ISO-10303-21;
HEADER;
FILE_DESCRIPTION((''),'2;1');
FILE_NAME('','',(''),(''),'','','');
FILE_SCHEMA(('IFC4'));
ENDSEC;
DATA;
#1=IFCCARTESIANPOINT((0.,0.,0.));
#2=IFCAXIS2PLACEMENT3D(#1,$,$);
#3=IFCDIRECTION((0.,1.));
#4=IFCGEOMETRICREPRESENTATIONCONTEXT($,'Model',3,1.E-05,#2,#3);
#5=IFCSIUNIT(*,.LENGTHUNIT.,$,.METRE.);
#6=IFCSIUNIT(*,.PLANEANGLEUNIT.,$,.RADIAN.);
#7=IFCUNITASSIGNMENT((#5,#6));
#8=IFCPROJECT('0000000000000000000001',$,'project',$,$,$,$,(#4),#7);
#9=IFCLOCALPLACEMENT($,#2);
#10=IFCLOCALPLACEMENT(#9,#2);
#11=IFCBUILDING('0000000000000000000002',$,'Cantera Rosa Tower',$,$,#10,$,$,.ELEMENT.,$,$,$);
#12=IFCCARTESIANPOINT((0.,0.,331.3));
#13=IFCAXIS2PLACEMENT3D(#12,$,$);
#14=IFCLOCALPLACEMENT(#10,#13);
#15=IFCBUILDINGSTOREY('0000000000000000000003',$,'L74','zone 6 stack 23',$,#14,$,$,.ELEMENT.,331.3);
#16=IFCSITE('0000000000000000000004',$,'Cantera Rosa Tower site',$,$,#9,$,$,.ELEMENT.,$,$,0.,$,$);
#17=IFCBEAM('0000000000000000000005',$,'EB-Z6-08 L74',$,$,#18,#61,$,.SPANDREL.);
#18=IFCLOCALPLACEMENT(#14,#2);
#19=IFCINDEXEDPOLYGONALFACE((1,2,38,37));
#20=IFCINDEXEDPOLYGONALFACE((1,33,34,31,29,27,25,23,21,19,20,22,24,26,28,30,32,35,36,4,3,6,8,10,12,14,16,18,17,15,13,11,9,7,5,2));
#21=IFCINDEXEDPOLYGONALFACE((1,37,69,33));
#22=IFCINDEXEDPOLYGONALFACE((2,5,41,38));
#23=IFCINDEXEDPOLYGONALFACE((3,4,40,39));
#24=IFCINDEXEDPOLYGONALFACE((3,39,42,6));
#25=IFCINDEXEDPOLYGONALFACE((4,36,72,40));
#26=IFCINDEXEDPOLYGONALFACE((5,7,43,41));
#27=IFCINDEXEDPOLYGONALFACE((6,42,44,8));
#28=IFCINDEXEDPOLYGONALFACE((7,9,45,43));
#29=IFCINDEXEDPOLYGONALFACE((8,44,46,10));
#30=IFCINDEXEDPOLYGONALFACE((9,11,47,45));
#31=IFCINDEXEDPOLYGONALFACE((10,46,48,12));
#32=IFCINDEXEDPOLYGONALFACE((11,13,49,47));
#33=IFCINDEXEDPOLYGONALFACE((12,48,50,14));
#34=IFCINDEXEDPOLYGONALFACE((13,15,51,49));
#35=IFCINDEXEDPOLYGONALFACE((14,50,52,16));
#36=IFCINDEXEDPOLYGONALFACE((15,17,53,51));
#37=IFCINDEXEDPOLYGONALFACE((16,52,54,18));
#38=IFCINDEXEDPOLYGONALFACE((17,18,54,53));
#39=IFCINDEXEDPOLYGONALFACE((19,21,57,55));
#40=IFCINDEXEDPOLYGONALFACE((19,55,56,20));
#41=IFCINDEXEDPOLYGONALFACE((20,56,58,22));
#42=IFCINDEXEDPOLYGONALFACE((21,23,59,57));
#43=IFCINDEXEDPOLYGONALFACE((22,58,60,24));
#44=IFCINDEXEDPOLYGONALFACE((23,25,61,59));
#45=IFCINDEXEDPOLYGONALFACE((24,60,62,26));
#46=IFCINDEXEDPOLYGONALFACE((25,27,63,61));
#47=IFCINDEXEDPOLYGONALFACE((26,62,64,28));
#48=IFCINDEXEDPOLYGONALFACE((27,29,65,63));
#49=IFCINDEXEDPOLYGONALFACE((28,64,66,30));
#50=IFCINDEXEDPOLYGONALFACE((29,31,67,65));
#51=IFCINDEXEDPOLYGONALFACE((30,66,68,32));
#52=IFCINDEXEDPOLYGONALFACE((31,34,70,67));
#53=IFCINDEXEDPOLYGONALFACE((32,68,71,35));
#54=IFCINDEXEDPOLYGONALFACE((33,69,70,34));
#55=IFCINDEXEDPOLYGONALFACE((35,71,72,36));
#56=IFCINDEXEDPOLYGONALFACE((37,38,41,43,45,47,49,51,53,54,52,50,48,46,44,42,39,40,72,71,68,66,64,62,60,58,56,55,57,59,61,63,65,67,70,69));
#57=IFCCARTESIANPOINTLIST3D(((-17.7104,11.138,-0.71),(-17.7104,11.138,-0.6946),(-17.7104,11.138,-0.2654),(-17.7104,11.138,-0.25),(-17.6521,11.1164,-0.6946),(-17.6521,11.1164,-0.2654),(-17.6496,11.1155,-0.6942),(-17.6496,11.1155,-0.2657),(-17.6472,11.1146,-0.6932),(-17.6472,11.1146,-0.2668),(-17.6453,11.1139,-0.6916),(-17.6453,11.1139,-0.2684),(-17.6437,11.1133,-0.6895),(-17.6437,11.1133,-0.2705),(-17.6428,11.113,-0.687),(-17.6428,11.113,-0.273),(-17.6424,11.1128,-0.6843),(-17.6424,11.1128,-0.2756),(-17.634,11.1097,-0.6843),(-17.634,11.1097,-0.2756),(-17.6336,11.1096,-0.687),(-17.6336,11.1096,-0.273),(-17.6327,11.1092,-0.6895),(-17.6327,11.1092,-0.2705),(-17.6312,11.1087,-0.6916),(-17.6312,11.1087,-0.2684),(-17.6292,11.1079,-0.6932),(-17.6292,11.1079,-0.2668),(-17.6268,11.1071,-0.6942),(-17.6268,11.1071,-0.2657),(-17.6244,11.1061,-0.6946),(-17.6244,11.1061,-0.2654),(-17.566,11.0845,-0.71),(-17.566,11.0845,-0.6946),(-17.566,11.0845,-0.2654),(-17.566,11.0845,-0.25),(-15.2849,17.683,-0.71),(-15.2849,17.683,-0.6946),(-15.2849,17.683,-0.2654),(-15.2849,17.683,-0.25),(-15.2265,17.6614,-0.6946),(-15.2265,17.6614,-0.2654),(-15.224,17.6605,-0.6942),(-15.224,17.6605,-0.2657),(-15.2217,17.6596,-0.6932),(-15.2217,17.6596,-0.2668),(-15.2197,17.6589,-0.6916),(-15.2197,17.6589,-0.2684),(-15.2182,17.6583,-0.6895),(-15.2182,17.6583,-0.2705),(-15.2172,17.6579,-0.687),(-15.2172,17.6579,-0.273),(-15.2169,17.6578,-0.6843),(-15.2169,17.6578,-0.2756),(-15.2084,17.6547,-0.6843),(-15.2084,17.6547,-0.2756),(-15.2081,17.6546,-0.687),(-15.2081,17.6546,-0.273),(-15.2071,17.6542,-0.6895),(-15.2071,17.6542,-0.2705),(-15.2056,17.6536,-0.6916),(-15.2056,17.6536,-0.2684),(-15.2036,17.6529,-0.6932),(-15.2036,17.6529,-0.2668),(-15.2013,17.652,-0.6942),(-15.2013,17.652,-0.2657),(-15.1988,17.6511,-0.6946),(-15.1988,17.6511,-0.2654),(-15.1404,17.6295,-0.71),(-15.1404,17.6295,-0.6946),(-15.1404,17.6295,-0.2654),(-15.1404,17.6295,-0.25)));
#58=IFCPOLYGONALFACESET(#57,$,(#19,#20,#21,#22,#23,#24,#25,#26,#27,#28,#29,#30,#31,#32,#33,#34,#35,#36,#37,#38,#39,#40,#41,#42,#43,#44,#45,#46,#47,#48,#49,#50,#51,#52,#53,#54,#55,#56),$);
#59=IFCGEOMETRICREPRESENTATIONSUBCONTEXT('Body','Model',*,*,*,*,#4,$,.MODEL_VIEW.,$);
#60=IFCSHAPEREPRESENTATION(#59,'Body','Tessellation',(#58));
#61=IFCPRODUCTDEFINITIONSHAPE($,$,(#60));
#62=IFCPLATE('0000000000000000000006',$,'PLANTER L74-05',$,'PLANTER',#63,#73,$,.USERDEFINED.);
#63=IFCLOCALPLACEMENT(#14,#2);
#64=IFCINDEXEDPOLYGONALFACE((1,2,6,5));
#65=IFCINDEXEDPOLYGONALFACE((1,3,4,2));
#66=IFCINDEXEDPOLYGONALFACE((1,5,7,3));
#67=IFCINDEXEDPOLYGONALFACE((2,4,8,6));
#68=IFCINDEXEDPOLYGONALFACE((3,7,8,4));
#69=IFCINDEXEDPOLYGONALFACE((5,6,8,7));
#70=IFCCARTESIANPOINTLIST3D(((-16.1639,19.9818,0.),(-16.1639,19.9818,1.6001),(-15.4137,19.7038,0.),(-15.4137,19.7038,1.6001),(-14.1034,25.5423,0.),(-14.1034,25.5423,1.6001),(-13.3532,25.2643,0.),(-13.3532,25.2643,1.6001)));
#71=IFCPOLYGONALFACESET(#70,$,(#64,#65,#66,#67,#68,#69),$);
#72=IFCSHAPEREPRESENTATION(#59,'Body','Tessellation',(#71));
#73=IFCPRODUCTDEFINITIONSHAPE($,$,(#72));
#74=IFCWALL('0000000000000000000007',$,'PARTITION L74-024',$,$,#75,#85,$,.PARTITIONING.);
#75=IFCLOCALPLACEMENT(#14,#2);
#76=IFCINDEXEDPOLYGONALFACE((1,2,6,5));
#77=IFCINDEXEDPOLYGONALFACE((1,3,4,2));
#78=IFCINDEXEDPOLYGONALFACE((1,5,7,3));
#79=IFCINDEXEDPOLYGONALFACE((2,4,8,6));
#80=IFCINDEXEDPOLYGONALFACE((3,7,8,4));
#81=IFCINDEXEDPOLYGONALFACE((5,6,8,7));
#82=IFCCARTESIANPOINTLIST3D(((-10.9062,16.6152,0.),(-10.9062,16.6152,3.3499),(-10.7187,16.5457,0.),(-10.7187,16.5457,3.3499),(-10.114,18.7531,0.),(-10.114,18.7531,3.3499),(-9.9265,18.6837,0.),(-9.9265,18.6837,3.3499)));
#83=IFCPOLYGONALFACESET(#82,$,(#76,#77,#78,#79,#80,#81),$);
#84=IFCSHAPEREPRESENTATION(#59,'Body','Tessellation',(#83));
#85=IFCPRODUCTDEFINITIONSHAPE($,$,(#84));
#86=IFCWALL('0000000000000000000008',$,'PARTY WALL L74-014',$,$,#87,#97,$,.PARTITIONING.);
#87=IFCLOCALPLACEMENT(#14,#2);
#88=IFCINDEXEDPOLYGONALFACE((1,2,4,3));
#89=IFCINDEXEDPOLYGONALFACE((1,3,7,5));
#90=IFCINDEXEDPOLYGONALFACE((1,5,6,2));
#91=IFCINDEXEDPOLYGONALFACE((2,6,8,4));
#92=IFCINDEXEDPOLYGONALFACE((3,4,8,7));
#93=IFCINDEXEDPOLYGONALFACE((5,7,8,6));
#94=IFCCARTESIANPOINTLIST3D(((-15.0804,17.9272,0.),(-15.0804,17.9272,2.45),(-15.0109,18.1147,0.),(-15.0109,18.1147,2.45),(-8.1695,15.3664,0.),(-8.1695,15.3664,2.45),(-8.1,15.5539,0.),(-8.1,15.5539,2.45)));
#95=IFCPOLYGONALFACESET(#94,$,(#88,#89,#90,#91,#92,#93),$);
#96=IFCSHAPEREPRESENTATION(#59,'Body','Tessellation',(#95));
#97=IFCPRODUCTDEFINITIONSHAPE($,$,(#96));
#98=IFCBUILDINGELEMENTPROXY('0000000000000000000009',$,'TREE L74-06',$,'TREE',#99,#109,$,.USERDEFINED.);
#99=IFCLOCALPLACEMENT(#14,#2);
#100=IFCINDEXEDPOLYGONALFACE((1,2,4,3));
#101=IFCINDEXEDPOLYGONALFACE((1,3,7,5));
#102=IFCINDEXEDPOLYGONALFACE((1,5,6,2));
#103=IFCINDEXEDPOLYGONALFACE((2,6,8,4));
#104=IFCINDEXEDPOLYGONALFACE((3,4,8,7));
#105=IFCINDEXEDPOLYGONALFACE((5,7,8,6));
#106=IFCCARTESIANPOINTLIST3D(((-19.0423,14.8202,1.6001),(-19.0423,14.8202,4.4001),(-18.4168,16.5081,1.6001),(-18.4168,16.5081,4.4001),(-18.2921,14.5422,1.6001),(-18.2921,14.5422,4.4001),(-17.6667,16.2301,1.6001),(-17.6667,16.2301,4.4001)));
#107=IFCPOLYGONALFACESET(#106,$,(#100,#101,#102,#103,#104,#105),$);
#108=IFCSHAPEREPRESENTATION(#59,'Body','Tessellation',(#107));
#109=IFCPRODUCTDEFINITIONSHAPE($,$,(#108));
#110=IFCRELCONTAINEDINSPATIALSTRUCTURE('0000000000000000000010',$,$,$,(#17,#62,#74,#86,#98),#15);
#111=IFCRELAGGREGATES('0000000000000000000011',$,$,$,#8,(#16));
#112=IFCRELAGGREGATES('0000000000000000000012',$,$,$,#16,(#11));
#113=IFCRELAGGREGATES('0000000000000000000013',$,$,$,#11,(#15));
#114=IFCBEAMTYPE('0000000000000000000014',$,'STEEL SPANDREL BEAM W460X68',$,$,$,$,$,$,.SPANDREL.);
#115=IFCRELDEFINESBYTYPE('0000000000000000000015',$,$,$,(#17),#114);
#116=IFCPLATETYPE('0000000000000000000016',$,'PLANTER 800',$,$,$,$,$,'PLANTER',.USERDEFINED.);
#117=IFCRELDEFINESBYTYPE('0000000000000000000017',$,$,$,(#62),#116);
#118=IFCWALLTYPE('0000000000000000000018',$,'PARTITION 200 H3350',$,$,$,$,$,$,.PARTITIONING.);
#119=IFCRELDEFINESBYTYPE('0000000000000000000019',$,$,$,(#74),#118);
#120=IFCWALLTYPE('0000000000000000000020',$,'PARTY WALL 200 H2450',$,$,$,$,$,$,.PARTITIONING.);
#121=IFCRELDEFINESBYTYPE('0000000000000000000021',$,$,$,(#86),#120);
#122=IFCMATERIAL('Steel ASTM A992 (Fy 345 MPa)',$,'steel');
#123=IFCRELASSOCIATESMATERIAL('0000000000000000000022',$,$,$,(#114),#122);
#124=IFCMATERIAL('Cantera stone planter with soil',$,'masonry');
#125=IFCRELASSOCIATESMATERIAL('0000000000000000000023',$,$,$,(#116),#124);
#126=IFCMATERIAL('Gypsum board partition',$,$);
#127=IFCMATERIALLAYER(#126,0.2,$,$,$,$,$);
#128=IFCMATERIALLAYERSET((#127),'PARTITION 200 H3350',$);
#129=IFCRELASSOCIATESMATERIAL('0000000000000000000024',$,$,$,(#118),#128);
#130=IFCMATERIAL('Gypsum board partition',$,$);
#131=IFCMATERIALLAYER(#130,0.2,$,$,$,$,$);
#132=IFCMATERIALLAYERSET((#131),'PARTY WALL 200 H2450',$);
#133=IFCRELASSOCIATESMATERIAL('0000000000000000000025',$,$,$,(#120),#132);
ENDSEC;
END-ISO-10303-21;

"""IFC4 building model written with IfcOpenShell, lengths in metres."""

from ifc_helpers import new_model, si_unit, direction, frame, frame_2d, origin, origin_2d, place, context, subcontext, project, spatial, rectangle, i_section, extrude, material, layer, layer_set, material_profile, profile_set, type_object, element, save


model = new_model("IFC4")

# Units and contexts
model_context = context("Model", 3, precision=1e-05, world=origin(), true_north=direction((0.0, 1.0)))
body_context = subcontext(model_context, "Body", "Model", "MODEL_VIEW")
ifc_project = project(units=[si_unit("LENGTHUNIT", "METRE"), si_unit("PLANEANGLEUNIT", "RADIAN")], contexts=[model_context])

# Site, building, storey
site_placement = place(None, origin())
site = spatial("IfcSite", under=ifc_project, at=site_placement, Name="Cantera Rosa Tower site", CompositionType="ELEMENT", RefElevation=0.0)
building_placement = place(site_placement, origin())
building = spatial("IfcBuilding", under=site, at=building_placement, Name="Cantera Rosa Tower", CompositionType="ELEMENT")
storey_placement = place(building_placement, frame((0.0, 0.0, 331.3)))
storey = spatial("IfcBuildingStorey", under=building, at=storey_placement, Name="L74", Description="zone 6 stack 23", CompositionType="ELEMENT", Elevation=331.3)

# Beam
ifc_material_1 = material(Name="Steel ASTM A992 (Fy 345 MPa)", Category="steel")
ifc_material_profile_1 = material_profile(ifc_material_1, i_section(OverallWidth=0.1541, OverallDepth=0.46, WebThickness=0.009, FlangeThickness=0.0154, FilletRadius=0.0103, at=origin_2d()), Name="W460X68")
ifc_profile_set_1 = profile_set([ifc_material_profile_1], Name="Steel ASTM A992 (Fy 345 MPa)")
beam_type_1 = type_object("IfcBeamType", Name="STEEL SPANDREL BEAM W460X68", PredefinedType="SPANDREL", material=ifc_profile_set_1)
beam_1_placement = place(storey_placement, frame((-15.2126, 17.6562, -0.48), z_axis=(-0.347502, -0.937679, 0.0), x_axis=(0.937679, -0.347502, 0.0)))
element("IfcBeam", 1, at=beam_1_placement, inside=storey, type_object=beam_type_1, Name="EB-Z6-08 L74", PredefinedType="SPANDREL", context=body_context, shape_type="SweptSolid", body=[
    extrude(i_section(OverallWidth=0.1541, OverallDepth=0.46, WebThickness=0.009, FlangeThickness=0.0154, FilletRadius=0.0103, at=origin_2d()), origin(), (0.0, 0.0, 1.0), 6.98),
])

# Plate
ifc_material_2 = material(Name="Cantera stone planter with soil", Category="masonry")
plate_type = type_object("IfcPlateType", Name="PLANTER 800", ElementType="PLANTER", PredefinedType="USERDEFINED", material=ifc_material_2)
plate_placement = place(storey_placement, frame((-14.7585, 22.623, 0.0), z_axis=(0.0, 0.0, 1.0), x_axis=(-0.347481, -0.937687, 0.0)))
element("IfcPlate", 2, at=plate_placement, inside=storey, type_object=plate_type, Name="PLANTER L74-05", ObjectType="PLANTER", PredefinedType="USERDEFINED", context=body_context, shape_type="SweptSolid", body=[
    extrude(rectangle(XDim=5.9299, YDim=0.8, at=origin_2d()), origin(), (0.0, 0.0, 1.0), 1.6001),
])

# Walls
ifc_material_3 = material(Name="Gypsum board partition")
ifc_layer_1 = layer(ifc_material_3, 0.2)
ifc_layer_set_1 = layer_set([ifc_layer_1], Name="PARTITION 200 H3350")
wall_type_1 = type_object("IfcWallType", Name="PARTITION 200 H3350", PredefinedType="PARTITIONING", material=ifc_layer_set_1)
wall_1_placement = place(storey_placement, frame((-10.8125, 16.5803, 0.0), z_axis=(0.0, 0.0, 1.0), x_axis=(0.347471, 0.937691, 0.0)))
element("IfcWall", 3, at=wall_1_placement, inside=storey, type_object=wall_type_1, Name="PARTITION L74-024", PredefinedType="PARTITIONING", context=body_context, shape_type="SweptSolid", body=[
    extrude(rectangle(XDim=2.28, YDim=0.2, at=frame_2d((1.1401, 0.0))), origin(), (0.0, 0.0, 1.0), 3.3499),
])
ifc_material_4 = material(Name="Gypsum board partition")
ifc_layer_2 = layer(ifc_material_4, 0.2)
ifc_layer_set_2 = layer_set([ifc_layer_2], Name="PARTY WALL 200 H2450")
wall_type_2 = type_object("IfcWallType", Name="PARTY WALL 200 H2450", PredefinedType="PARTITIONING", material=ifc_layer_set_2)
wall_2_placement = place(storey_placement, frame((-15.0457, 18.021, 0.0), z_axis=(0.0, 0.0, 1.0), x_axis=(0.937696, -0.347458, 0.0)))
element("IfcWall", 4, at=wall_2_placement, inside=storey, type_object=wall_type_2, Name="PARTY WALL L74-014", PredefinedType="PARTITIONING", context=body_context, shape_type="SweptSolid", body=[
    extrude(rectangle(XDim=7.3701, YDim=0.2, at=frame_2d((3.6851, 0.0))), origin(), (0.0, 0.0, 1.0), 2.45),
])

# Building element proxy
proxy_placement = place(storey_placement, frame((-18.3545, 15.5251, 1.6001), z_axis=(0.0, 0.0, 1.0), x_axis=(-0.347481, -0.937687, 0.0)))
element("IfcBuildingElementProxy", 5, at=proxy_placement, inside=storey, Name="TREE L74-06", ObjectType="TREE", PredefinedType="USERDEFINED", context=body_context, shape_type="SweptSolid", body=[
    extrude(rectangle(XDim=1.8, YDim=0.8, at=origin_2d()), origin(), (0.0, 0.0, 1.0), 2.8),
])

save(model, "model.ifc")
